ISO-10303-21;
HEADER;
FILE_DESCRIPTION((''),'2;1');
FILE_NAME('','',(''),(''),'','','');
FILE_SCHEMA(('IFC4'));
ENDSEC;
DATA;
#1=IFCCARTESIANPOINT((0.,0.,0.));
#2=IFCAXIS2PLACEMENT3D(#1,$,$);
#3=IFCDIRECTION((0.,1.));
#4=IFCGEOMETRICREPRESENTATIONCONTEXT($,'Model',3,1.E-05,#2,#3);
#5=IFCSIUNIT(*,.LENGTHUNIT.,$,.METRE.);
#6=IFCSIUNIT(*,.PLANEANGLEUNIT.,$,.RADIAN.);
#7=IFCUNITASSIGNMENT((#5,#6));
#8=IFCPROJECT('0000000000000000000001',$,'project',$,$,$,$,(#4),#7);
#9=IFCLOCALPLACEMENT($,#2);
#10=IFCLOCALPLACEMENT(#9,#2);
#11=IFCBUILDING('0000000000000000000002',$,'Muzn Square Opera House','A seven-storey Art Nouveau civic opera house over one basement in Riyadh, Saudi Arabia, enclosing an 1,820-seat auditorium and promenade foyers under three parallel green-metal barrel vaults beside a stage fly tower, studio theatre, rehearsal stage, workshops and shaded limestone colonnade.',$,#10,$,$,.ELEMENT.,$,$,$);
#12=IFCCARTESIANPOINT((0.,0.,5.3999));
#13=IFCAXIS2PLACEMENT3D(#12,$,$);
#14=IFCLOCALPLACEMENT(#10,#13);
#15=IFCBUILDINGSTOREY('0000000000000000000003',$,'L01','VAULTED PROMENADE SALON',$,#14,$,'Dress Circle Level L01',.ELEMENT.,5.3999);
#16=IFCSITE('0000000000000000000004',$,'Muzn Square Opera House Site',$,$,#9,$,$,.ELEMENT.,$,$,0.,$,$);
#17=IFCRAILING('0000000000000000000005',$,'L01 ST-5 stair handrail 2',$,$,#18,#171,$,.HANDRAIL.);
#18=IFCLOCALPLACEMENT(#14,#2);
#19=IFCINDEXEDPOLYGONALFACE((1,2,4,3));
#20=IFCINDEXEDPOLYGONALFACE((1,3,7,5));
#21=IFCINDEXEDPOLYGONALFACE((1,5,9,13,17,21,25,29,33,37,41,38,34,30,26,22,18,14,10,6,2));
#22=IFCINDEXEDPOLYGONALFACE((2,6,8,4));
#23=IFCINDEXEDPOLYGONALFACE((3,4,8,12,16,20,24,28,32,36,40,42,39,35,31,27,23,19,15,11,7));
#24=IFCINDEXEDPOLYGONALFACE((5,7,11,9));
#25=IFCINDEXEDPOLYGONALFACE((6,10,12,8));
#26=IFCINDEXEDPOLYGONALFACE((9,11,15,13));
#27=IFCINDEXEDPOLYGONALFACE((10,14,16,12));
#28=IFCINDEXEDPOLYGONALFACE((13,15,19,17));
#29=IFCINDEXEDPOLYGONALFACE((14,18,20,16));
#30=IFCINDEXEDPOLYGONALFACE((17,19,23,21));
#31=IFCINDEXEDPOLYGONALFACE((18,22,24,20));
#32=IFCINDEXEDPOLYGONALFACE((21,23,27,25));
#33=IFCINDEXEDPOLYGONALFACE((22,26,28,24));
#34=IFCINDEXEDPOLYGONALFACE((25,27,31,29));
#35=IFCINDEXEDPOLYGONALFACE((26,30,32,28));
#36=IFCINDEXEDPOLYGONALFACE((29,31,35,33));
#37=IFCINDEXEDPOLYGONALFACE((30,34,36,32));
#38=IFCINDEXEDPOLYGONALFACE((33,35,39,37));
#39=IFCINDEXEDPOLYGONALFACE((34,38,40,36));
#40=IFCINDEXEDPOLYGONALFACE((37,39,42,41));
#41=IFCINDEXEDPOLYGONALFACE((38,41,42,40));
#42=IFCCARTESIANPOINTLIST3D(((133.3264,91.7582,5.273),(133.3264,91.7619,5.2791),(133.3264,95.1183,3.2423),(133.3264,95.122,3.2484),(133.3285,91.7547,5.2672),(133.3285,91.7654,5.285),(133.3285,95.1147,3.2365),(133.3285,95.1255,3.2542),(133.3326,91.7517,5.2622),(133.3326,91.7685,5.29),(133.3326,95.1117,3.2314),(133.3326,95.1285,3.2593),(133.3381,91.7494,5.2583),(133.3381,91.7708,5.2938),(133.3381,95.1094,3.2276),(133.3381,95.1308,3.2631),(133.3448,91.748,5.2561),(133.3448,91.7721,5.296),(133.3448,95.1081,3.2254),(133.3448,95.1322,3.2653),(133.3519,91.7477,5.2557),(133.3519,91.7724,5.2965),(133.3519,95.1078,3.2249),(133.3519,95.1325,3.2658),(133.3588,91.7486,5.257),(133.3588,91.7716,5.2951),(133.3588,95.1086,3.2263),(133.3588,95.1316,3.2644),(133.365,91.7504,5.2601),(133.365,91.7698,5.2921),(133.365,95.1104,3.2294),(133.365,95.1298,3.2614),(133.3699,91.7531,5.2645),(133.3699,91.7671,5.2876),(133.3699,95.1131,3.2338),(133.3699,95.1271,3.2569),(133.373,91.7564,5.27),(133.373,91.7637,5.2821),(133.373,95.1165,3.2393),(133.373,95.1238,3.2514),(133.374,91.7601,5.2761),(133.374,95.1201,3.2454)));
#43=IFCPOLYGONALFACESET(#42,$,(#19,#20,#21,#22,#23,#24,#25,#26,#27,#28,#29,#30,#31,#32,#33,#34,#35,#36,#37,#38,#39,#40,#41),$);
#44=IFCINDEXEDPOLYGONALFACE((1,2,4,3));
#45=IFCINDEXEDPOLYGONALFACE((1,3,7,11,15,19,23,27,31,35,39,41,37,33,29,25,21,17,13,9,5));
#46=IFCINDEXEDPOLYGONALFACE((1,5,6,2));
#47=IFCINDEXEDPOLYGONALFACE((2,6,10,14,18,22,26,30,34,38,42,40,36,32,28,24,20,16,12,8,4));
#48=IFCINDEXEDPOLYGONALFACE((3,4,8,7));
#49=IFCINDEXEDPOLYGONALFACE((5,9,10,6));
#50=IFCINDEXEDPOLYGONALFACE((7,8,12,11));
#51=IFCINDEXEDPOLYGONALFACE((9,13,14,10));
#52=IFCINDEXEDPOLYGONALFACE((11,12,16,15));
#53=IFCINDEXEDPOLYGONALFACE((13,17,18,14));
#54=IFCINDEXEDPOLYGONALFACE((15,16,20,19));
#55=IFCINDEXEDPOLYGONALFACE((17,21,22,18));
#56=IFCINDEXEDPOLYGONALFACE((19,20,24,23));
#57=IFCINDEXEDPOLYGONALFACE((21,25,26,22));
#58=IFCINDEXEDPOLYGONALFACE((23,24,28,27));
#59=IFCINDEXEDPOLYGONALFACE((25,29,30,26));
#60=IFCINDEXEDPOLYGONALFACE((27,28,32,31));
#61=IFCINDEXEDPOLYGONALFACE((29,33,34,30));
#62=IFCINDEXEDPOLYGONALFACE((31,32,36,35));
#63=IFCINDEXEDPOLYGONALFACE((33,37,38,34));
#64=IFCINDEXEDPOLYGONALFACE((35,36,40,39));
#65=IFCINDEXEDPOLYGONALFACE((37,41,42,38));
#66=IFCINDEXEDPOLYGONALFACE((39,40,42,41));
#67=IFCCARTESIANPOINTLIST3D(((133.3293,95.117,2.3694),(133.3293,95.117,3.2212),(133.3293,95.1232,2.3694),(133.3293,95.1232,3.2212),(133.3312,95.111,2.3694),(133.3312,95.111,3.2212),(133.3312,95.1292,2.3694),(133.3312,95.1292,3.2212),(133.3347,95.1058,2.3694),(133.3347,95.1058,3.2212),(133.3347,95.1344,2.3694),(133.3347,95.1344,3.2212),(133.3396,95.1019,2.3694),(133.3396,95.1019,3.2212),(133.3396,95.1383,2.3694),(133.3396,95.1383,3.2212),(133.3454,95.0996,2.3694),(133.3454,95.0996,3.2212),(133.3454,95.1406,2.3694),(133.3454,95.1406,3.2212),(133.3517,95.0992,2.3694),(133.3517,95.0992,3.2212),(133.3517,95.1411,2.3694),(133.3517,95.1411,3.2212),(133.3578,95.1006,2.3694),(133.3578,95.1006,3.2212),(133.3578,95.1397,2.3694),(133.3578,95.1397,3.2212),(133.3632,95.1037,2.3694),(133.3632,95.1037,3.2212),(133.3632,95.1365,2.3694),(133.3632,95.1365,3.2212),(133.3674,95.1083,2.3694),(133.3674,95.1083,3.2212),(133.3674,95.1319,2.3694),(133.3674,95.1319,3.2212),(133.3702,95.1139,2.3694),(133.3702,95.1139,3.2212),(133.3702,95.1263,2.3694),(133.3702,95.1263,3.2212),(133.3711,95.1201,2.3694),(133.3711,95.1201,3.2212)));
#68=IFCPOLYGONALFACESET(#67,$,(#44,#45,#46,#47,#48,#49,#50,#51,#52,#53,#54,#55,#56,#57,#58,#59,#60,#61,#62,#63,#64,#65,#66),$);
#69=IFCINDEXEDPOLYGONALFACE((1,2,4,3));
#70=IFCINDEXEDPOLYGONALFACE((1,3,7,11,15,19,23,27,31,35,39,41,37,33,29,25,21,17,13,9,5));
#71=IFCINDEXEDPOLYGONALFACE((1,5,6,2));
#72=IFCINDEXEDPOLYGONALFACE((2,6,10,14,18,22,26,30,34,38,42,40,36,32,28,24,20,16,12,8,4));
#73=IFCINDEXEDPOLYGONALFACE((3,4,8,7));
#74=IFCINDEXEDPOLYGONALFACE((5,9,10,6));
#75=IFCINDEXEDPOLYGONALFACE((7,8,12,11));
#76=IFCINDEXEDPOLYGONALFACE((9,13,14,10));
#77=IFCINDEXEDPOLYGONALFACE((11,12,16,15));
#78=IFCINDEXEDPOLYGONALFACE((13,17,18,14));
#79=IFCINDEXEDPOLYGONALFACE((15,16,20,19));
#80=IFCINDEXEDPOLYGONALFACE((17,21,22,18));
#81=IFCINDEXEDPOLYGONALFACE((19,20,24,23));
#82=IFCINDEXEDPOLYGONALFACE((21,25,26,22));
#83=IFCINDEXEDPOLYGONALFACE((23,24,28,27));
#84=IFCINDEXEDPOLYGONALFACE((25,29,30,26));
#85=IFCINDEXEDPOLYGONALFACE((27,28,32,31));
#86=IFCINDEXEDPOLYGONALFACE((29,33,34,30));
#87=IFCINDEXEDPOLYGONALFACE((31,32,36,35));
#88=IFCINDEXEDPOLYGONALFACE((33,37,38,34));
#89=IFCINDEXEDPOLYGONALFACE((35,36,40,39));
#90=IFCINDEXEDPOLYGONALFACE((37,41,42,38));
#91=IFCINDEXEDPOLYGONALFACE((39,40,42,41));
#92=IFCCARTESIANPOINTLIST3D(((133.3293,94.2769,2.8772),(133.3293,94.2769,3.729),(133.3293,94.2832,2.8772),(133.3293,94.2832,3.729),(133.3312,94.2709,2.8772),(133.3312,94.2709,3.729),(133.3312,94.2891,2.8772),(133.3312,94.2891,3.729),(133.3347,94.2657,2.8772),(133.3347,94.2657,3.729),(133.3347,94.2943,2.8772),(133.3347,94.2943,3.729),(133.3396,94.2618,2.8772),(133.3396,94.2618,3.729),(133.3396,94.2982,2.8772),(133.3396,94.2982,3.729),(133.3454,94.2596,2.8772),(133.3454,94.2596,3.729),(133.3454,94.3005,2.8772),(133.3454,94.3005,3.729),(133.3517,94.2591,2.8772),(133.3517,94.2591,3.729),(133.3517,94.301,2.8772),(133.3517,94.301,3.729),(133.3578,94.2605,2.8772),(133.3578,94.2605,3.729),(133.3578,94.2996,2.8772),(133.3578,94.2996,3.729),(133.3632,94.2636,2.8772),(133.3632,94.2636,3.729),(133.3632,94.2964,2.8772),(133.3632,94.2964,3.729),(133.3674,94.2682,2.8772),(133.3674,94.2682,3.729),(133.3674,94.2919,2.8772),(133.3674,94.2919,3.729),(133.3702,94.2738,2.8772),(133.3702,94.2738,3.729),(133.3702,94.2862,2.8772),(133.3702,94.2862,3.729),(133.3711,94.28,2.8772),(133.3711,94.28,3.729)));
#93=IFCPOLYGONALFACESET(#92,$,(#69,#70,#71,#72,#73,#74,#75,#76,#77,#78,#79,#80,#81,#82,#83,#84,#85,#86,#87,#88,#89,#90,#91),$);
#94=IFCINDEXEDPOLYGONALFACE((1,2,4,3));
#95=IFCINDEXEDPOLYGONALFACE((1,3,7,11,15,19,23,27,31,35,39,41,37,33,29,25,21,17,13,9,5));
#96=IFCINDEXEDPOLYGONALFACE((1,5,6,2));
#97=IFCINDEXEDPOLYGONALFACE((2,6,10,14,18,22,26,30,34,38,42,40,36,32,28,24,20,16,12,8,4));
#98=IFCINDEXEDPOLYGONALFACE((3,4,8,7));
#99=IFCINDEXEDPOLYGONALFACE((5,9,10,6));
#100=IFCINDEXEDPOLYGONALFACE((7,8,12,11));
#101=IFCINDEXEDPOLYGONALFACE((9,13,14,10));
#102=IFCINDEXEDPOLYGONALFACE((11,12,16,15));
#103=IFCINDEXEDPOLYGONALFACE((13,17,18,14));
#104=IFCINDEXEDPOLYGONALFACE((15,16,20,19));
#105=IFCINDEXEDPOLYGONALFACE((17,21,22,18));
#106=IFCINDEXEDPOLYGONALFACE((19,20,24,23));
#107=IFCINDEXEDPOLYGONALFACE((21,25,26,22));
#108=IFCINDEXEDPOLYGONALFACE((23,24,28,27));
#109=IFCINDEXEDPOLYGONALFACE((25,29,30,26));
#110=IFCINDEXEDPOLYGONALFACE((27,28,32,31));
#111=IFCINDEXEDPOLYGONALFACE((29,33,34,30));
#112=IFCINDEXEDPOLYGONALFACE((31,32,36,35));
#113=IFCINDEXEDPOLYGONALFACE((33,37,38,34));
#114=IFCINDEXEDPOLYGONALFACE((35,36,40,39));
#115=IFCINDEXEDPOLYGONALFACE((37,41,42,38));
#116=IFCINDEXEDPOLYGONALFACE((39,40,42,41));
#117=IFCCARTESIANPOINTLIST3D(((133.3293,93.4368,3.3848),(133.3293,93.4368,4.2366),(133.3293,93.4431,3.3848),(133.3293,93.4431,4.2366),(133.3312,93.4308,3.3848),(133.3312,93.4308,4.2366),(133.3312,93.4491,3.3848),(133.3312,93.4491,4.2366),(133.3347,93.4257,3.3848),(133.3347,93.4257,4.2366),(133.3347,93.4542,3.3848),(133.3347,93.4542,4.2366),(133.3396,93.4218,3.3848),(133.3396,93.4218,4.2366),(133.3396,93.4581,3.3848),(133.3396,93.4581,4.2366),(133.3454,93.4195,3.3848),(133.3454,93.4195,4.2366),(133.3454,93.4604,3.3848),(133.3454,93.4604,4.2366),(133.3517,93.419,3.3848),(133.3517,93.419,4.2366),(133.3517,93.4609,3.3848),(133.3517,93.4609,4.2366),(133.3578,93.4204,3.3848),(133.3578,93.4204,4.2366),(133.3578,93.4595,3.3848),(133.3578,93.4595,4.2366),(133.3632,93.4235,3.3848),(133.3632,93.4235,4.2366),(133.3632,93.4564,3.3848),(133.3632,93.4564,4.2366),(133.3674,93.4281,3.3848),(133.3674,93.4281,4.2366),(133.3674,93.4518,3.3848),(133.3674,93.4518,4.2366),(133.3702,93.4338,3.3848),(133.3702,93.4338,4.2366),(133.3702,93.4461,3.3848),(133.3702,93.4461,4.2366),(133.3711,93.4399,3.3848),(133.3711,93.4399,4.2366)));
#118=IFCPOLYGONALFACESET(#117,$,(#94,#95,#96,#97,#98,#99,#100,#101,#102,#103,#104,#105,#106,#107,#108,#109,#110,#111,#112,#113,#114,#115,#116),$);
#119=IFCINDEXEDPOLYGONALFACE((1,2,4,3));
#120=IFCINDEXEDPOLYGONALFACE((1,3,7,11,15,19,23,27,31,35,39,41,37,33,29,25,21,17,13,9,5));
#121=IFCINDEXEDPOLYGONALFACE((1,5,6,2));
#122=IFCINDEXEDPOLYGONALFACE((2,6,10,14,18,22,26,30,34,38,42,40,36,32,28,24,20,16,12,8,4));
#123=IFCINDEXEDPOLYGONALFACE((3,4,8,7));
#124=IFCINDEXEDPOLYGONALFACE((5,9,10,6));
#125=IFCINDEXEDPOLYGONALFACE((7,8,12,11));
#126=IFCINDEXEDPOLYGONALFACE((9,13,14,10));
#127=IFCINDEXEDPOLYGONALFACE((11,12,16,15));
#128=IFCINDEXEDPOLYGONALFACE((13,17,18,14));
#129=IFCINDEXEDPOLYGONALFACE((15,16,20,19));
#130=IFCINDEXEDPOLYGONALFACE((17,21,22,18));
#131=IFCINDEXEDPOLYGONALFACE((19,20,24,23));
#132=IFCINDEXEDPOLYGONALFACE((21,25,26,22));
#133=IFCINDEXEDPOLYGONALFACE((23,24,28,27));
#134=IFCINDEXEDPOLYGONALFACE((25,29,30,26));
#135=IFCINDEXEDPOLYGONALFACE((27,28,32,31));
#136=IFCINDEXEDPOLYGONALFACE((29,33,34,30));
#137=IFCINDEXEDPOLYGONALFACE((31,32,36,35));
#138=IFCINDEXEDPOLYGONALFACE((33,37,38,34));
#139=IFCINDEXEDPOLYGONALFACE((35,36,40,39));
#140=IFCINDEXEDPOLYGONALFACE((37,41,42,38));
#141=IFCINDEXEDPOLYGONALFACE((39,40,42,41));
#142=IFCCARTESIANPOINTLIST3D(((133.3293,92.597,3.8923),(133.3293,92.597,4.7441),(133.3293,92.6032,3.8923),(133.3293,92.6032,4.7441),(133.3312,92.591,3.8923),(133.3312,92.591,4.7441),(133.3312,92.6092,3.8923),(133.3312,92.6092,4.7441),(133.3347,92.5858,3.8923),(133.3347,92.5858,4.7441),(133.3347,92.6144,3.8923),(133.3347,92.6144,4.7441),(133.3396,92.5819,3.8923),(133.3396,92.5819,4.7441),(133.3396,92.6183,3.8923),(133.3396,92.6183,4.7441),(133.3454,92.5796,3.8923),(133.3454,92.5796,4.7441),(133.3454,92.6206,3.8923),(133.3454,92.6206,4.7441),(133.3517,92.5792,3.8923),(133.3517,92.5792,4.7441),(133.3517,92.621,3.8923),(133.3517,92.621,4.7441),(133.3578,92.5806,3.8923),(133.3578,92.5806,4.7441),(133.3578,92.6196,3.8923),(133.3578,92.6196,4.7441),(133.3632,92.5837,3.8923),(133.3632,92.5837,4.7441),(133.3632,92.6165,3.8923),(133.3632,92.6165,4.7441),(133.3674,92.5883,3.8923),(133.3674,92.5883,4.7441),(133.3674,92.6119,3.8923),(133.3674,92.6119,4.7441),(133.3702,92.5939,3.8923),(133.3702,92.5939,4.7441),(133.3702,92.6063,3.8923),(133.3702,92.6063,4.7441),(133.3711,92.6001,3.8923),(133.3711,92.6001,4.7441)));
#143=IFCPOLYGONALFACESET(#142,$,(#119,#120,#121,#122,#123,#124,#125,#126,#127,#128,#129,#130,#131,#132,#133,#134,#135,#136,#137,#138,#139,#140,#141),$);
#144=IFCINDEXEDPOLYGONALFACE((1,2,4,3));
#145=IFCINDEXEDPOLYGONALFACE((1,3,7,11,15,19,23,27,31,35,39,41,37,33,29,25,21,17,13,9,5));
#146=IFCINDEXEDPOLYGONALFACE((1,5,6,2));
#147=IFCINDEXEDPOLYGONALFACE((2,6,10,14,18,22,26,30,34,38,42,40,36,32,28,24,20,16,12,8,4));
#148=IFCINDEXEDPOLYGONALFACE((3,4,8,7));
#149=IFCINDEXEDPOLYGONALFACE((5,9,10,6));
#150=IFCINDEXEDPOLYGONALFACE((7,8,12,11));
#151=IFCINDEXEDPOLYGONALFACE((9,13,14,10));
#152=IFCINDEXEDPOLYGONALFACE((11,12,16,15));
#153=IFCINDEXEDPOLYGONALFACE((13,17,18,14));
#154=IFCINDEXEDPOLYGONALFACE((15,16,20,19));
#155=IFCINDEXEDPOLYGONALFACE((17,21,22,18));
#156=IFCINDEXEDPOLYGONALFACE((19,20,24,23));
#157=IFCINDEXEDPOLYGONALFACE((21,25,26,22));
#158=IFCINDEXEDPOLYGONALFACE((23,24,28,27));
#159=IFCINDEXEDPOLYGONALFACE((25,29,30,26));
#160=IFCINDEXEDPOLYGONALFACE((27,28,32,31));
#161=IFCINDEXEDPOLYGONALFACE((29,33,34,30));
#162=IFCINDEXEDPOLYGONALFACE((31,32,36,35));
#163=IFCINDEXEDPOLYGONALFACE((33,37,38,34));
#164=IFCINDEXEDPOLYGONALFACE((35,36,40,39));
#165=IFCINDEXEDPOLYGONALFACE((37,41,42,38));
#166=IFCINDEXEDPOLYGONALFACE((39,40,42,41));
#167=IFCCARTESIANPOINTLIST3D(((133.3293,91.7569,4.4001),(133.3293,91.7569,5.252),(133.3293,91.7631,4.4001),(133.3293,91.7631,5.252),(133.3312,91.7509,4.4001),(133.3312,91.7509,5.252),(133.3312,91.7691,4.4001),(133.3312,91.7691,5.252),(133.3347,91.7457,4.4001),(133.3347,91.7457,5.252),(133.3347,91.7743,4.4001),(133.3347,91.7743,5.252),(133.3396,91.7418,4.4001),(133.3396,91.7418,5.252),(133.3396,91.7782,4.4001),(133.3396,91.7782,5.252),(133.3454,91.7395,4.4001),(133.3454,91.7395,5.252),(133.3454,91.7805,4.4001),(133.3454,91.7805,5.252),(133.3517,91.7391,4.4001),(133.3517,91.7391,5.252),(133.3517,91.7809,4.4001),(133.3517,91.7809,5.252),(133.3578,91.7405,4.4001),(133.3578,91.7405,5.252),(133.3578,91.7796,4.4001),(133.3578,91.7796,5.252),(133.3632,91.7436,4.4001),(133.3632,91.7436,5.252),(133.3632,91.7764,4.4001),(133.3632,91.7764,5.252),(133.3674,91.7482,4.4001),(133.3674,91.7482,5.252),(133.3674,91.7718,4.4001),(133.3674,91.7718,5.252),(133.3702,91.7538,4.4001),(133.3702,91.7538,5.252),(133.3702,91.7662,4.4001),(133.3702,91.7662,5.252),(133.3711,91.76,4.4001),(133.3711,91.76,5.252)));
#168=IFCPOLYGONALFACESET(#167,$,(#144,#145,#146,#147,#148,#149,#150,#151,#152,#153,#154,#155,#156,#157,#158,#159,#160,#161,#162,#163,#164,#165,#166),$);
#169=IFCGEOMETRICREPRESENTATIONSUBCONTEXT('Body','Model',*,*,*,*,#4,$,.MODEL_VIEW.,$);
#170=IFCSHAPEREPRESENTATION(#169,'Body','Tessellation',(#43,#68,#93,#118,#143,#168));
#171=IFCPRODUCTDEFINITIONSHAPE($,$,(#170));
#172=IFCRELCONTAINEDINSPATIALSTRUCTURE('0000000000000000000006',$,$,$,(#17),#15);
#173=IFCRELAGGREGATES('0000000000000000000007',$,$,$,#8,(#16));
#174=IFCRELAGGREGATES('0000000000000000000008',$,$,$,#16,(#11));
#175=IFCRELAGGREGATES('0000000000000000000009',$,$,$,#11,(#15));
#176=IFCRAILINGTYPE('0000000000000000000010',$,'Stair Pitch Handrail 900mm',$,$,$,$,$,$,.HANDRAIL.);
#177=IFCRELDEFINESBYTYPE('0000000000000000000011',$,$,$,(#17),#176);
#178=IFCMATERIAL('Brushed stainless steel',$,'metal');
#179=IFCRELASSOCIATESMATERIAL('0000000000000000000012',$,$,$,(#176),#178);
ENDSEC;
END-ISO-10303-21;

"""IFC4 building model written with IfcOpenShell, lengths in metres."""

from ifc_helpers import new_model, si_unit, direction, frame, origin, origin_2d, place, context, subcontext, project, spatial, circle, extrude, material, type_object, element, save


model = new_model("IFC4")

# Units and contexts
model_context = context("Model", 3, precision=1e-05, world=origin(), true_north=direction((0.0, 1.0)))
body_context = subcontext(model_context, "Body", "Model", "MODEL_VIEW")
ifc_project = project(units=[si_unit("LENGTHUNIT", "METRE"), si_unit("PLANEANGLEUNIT", "RADIAN")], contexts=[model_context])

# Site, building, storey
site_placement = place(None, origin())
site = spatial("IfcSite", under=ifc_project, at=site_placement, Name="Muzn Square Opera House Site", CompositionType="ELEMENT", RefElevation=0.0)
building_placement = place(site_placement, origin())
building = spatial("IfcBuilding", under=site, at=building_placement, Name="Muzn Square Opera House", Description="A seven-storey Art Nouveau civic opera house over one basement in Riyadh, Saudi Arabia, enclosing an 1,820-seat auditorium and promenade foyers under three parallel green-metal barrel vaults beside a stage fly tower, studio theatre, rehearsal stage, workshops and shaded limestone colonnade.", CompositionType="ELEMENT")
storey_placement = place(building_placement, frame((0.0, 0.0, 5.3999)))
storey = spatial("IfcBuildingStorey", under=building, at=storey_placement, Name="L01", Description="VAULTED PROMENADE SALON", LongName="Dress Circle Level L01", CompositionType="ELEMENT", Elevation=5.3999)

# Railing
ifc_material_1 = material(Name="Brushed stainless steel", Category="metal")
railing_type_1 = type_object("IfcRailingType", Name="Stair Pitch Handrail 900mm", PredefinedType="HANDRAIL", material=ifc_material_1)
railing_1_placement = place(storey_placement, frame((133.3501, 95.1201, 2.3694)))
element("IfcRailing", 1, at=railing_1_placement, inside=storey, type_object=railing_type_1, Name="L01 ST-5 stair handrail 2", PredefinedType="HANDRAIL", context=body_context, shape_type="SweptSolid", body=[
    extrude(circle(Radius=0.0239, at=origin_2d()), frame((0.0, 0.0, 0.876), z_axis=(0.0, -0.855837, 0.517246), x_axis=(1.0, 0.0, 0.0)), (0.0, 0.0, 1.0), 3.926),
    extrude(circle(Radius=0.021, at=origin_2d()), origin(), (0.0, 0.0, 1.0), 0.8518),
    extrude(circle(Radius=0.021, at=origin_2d()), frame((0.0, -0.8401, 0.5078)), (0.0, 0.0, 1.0), 0.8518),
    extrude(circle(Radius=0.021, at=origin_2d()), frame((0.0, -1.6802, 1.0154)), (0.0, 0.0, 1.0), 0.8518),
    extrude(circle(Radius=0.021, at=origin_2d()), frame((0.0, -2.52, 1.5229)), (0.0, 0.0, 1.0), 0.8518),
    extrude(circle(Radius=0.021, at=origin_2d()), frame((0.0, -3.3601, 2.0308)), (0.0, 0.0, 1.0), 0.8518),
])

save(model, "model.ifc")
